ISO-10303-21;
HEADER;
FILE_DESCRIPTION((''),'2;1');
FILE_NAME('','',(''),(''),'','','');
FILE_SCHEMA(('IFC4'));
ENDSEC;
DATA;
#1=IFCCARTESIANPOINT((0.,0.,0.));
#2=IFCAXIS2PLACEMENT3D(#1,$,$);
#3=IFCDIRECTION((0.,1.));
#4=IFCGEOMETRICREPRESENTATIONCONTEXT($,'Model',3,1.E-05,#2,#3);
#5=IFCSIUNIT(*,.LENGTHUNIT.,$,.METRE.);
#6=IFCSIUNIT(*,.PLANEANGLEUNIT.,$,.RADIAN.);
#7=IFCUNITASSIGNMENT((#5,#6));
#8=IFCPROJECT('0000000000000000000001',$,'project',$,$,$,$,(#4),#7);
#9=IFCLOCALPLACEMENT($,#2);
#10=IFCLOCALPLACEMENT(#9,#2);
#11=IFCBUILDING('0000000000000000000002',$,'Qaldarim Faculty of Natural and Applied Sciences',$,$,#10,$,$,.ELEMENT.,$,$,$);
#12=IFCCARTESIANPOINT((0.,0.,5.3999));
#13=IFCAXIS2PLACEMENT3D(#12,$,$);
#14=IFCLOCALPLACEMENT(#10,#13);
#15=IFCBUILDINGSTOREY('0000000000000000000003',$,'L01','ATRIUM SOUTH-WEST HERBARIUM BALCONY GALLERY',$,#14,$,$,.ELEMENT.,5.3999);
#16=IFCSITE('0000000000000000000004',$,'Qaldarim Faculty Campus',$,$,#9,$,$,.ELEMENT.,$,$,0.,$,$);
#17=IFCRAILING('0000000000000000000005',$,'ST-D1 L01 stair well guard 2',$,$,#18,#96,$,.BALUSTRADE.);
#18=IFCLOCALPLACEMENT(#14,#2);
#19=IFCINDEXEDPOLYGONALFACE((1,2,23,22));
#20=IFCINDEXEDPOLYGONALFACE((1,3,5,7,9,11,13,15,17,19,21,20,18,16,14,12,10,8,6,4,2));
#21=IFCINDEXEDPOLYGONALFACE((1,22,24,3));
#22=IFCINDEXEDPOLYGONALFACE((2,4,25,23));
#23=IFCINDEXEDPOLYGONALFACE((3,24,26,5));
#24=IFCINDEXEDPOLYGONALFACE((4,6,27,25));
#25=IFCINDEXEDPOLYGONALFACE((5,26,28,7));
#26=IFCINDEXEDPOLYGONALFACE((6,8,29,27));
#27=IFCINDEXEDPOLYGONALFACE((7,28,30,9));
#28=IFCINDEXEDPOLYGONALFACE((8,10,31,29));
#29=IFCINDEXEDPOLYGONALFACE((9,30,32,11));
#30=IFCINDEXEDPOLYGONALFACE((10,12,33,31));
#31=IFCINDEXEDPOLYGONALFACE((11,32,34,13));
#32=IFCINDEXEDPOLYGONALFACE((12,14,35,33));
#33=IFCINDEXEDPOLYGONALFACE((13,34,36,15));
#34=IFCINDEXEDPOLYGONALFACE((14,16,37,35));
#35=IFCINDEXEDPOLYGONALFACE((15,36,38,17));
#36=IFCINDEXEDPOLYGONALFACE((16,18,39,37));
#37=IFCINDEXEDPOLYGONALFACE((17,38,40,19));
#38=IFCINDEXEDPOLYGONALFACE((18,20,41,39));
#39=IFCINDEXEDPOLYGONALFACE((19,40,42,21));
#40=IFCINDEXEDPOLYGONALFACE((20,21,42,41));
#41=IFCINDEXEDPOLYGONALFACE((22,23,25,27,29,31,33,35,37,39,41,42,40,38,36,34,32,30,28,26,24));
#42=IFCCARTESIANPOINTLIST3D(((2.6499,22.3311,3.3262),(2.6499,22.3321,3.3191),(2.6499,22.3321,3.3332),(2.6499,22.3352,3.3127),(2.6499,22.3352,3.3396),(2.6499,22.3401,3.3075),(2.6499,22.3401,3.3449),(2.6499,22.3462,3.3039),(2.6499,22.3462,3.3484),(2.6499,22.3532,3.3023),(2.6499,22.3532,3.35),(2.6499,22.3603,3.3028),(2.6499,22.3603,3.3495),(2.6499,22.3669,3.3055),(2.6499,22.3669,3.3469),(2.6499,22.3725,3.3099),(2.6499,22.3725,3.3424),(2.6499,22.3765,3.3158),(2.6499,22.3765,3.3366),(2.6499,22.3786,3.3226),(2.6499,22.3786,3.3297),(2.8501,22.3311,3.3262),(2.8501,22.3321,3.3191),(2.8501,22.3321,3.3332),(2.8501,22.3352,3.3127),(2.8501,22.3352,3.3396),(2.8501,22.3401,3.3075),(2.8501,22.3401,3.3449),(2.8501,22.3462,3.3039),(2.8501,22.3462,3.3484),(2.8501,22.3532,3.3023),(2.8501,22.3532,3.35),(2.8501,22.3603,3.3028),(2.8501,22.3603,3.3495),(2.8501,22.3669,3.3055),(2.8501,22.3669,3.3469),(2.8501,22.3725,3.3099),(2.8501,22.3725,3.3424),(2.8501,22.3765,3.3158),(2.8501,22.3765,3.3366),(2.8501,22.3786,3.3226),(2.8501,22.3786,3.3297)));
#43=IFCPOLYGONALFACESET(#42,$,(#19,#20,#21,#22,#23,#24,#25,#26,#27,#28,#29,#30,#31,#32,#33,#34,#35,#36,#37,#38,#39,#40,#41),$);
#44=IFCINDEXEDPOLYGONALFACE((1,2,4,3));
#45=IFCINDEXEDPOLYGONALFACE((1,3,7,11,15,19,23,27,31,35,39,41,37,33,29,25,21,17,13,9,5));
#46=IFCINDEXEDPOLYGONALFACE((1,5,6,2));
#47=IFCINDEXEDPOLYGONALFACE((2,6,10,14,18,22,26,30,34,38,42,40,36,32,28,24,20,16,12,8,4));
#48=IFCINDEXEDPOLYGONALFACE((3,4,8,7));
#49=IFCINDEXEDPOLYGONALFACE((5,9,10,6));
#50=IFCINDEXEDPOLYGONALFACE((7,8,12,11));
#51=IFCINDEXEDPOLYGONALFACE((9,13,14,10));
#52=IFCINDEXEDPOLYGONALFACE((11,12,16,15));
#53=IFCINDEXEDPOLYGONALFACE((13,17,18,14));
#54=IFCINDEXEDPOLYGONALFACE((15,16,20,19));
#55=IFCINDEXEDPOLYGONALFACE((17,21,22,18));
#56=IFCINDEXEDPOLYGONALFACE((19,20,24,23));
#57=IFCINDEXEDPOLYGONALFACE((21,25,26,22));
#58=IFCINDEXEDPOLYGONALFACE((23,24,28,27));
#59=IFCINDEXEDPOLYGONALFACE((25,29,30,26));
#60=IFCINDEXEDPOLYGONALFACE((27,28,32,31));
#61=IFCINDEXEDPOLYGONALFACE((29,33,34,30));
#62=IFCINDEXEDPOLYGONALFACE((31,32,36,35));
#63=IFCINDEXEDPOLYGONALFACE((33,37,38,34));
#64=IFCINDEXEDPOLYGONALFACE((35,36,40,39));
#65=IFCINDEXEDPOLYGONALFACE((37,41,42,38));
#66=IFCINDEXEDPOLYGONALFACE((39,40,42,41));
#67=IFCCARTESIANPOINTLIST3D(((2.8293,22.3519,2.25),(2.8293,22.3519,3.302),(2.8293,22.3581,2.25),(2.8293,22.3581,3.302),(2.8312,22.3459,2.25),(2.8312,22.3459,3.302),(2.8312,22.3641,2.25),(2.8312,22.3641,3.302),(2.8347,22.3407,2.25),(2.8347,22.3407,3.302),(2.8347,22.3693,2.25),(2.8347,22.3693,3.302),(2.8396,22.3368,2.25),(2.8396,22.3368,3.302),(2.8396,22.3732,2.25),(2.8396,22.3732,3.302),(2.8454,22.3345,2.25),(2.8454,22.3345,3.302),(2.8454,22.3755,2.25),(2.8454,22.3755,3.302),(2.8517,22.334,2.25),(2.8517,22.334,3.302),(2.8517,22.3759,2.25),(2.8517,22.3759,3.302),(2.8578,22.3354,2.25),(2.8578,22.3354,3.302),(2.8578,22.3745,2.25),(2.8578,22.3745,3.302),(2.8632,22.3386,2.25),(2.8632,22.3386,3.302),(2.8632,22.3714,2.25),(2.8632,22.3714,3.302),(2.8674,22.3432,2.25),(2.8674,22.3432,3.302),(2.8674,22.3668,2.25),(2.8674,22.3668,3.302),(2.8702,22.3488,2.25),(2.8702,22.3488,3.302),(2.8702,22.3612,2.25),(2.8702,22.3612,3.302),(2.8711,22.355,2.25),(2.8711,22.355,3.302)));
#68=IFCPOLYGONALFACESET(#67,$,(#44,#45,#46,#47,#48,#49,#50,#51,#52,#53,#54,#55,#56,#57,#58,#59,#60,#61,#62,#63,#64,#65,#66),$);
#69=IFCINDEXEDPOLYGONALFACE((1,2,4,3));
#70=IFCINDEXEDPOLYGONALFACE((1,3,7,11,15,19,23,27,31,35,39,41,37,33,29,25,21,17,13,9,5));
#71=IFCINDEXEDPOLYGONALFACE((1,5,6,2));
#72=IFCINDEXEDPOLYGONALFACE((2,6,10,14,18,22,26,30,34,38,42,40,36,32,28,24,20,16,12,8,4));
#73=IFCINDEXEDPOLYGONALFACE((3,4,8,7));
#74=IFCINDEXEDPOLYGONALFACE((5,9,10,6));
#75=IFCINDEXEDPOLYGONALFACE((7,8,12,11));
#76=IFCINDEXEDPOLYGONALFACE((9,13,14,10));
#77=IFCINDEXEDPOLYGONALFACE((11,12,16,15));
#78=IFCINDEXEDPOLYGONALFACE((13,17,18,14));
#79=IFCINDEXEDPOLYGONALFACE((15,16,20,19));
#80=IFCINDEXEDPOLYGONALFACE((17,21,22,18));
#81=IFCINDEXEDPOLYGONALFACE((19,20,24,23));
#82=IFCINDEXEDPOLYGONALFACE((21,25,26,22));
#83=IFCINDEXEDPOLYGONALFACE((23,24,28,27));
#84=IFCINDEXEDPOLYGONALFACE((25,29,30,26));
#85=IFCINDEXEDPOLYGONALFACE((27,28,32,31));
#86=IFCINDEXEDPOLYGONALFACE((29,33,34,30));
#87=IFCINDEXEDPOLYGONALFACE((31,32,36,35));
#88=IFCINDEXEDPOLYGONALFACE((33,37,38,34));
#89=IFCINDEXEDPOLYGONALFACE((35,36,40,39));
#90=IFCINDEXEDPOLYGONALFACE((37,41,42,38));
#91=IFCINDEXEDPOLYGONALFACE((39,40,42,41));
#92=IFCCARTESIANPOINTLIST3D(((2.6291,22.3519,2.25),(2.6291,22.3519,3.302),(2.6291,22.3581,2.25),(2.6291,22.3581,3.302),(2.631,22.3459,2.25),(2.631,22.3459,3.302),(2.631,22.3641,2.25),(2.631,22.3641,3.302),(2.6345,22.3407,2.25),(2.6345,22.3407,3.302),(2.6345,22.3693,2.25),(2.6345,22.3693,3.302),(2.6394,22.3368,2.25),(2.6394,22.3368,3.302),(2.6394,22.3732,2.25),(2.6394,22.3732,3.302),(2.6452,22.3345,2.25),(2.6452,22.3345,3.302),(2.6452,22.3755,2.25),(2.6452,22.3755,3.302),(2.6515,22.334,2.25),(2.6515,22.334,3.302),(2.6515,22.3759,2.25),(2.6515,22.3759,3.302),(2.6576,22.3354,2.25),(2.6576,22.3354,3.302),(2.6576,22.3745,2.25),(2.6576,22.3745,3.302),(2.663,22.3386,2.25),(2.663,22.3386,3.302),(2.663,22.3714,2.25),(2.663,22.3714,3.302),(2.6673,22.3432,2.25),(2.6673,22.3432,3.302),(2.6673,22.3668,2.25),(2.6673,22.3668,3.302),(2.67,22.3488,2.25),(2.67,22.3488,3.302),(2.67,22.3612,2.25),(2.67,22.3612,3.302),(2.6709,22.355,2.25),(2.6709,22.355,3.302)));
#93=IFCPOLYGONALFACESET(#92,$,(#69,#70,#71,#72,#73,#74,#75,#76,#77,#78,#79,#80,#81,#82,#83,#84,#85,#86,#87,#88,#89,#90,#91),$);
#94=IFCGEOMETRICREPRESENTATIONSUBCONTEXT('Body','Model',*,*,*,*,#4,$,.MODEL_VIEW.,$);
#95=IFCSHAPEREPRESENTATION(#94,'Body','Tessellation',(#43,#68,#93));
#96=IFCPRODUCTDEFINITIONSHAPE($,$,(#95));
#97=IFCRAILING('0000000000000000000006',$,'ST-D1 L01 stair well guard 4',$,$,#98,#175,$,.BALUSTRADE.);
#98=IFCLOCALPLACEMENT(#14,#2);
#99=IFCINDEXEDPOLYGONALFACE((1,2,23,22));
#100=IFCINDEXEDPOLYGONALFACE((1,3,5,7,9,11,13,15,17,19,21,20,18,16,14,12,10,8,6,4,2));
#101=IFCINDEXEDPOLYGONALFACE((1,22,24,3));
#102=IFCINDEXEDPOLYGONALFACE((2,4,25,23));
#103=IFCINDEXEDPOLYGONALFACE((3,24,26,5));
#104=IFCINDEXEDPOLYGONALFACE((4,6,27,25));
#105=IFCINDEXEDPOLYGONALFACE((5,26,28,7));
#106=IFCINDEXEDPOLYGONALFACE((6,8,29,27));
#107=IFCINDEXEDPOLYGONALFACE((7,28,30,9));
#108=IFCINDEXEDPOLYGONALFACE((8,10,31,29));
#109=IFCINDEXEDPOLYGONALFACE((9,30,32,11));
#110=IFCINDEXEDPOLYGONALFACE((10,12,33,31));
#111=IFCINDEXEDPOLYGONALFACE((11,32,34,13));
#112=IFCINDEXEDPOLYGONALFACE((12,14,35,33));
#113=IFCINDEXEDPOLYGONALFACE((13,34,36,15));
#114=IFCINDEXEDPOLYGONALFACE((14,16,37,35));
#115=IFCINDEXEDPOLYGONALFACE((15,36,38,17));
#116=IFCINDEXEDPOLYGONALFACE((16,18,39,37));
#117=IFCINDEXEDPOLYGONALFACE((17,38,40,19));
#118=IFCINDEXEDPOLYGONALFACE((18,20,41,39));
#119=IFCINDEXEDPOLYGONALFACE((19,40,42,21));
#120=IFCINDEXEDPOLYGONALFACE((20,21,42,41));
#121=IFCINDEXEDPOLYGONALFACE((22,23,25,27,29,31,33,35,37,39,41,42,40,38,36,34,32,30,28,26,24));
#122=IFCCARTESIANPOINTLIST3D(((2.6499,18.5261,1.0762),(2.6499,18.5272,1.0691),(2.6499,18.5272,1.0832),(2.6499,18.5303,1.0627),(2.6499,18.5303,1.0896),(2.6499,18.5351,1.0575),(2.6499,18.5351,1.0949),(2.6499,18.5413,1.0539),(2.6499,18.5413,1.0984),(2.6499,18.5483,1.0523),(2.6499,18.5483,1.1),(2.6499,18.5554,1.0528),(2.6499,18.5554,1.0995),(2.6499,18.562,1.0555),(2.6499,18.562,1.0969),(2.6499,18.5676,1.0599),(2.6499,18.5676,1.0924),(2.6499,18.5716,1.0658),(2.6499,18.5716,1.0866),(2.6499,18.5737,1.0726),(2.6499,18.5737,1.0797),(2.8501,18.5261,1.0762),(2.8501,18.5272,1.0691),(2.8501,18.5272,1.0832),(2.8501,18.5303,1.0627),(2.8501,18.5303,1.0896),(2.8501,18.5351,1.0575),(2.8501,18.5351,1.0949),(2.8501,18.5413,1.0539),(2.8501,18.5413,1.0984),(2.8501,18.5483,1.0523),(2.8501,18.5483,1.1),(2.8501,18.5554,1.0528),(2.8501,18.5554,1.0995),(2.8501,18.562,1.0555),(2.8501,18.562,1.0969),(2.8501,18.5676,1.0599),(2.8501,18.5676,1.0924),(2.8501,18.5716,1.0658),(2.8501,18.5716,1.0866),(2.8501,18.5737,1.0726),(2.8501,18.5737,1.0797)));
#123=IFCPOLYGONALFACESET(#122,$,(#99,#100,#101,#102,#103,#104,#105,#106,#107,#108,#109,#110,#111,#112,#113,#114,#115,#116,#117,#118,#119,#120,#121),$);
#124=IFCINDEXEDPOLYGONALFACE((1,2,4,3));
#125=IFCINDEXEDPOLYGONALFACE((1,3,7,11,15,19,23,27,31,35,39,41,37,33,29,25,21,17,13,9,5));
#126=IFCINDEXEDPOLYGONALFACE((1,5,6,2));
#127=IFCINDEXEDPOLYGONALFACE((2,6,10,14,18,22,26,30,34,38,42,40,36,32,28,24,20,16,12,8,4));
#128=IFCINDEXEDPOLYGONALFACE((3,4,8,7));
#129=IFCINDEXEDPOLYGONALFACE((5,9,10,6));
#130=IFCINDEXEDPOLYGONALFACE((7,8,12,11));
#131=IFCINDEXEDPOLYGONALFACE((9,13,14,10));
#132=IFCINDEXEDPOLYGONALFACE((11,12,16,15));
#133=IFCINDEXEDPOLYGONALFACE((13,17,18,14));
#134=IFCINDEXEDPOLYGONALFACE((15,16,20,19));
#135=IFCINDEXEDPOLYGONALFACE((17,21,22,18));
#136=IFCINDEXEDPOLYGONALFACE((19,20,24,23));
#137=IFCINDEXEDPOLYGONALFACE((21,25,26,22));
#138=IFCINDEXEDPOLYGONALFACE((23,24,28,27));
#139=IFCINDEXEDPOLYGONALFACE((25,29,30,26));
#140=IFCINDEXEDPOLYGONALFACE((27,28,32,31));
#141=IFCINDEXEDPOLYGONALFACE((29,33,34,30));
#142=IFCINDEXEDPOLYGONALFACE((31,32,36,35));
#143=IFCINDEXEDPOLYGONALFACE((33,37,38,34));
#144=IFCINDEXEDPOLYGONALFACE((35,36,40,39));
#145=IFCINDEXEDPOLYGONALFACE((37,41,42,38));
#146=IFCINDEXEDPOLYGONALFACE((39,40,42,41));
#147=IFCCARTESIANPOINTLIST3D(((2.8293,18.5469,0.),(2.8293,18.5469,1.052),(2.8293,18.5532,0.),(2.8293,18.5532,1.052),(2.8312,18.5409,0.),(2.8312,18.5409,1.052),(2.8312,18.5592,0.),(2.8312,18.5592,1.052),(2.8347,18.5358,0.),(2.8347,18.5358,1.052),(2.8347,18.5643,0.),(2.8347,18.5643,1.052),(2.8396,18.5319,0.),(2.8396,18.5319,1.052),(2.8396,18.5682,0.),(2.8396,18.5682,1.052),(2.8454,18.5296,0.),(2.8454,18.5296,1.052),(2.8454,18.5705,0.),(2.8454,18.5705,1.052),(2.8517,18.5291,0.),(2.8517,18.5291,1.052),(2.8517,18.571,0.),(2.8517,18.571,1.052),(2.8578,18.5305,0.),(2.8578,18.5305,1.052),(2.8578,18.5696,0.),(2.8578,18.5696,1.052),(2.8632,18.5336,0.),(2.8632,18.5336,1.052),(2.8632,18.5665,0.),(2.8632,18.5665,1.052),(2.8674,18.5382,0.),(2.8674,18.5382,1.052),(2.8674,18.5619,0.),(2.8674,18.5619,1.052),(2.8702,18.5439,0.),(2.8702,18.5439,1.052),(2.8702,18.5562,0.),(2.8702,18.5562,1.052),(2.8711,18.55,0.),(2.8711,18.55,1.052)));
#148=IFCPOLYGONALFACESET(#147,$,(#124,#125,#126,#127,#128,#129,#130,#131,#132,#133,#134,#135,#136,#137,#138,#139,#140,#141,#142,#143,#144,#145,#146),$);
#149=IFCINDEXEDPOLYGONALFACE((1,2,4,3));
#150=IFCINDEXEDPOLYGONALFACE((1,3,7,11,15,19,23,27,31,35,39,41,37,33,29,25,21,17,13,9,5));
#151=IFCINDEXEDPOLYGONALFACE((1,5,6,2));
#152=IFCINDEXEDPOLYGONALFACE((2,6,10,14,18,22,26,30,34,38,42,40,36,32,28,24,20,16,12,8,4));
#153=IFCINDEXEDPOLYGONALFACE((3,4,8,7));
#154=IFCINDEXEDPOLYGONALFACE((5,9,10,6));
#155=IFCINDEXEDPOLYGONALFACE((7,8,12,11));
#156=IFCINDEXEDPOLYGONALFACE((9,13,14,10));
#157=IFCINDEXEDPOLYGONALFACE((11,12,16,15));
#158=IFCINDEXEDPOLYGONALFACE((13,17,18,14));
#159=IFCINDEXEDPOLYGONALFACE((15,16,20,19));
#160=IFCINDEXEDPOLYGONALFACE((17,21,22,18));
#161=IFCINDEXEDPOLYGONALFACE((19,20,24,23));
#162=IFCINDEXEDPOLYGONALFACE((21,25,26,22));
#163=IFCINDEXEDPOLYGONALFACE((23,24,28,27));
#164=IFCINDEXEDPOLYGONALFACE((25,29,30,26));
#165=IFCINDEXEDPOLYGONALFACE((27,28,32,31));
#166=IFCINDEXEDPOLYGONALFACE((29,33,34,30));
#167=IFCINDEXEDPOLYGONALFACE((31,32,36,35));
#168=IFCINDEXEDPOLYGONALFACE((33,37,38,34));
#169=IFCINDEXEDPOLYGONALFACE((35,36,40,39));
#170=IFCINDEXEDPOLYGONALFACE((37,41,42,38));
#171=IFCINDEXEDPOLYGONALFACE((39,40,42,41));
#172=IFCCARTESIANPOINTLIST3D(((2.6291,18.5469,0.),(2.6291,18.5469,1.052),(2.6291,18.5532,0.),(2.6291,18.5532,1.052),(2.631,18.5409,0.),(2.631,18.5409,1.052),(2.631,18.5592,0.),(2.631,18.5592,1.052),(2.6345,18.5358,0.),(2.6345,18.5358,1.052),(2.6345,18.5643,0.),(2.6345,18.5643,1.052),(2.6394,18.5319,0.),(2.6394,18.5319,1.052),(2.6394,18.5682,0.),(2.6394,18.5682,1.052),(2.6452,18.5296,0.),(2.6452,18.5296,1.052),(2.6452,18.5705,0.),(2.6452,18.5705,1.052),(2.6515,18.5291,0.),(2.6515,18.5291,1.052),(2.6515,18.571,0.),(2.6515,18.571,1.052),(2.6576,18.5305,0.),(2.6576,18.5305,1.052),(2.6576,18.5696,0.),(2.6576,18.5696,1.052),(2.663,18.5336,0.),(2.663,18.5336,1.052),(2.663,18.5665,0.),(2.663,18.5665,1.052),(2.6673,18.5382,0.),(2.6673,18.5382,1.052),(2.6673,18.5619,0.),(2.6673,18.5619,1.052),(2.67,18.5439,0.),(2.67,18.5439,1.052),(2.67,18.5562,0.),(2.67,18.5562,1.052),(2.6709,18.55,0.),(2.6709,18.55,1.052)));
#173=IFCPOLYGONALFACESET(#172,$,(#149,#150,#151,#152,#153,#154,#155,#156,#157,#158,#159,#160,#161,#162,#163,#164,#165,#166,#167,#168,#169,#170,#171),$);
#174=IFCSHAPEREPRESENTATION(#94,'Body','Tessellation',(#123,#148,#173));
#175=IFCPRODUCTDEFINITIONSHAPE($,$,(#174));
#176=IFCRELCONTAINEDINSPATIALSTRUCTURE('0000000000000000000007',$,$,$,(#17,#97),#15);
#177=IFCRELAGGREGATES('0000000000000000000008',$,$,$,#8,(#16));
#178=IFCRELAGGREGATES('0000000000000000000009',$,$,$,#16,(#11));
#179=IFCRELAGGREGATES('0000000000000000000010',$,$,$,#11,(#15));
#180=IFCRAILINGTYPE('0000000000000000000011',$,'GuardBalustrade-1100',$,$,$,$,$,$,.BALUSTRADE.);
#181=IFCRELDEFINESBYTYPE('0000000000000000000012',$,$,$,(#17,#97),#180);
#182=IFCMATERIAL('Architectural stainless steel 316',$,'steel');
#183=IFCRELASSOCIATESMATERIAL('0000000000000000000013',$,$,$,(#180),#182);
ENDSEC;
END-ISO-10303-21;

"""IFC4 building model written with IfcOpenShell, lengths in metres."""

from ifc_helpers import new_model, si_unit, direction, frame, origin, origin_2d, place, context, subcontext, project, spatial, circle, extrude, material, type_object, element, save


model = new_model("IFC4")

# Units and contexts
model_context = context("Model", 3, precision=1e-05, world=origin(), true_north=direction((0.0, 1.0)))
body_context = subcontext(model_context, "Body", "Model", "MODEL_VIEW")
ifc_project = project(units=[si_unit("LENGTHUNIT", "METRE"), si_unit("PLANEANGLEUNIT", "RADIAN")], contexts=[model_context])

# Site, building, storey
site_placement = place(None, origin())
site = spatial("IfcSite", under=ifc_project, at=site_placement, Name="Qaldarim Faculty Campus", CompositionType="ELEMENT", RefElevation=0.0)
building_placement = place(site_placement, origin())
building = spatial("IfcBuilding", under=site, at=building_placement, Name="Qaldarim Faculty of Natural and Applied Sciences", CompositionType="ELEMENT")
storey_placement = place(building_placement, frame((0.0, 0.0, 5.3999)))
storey = spatial("IfcBuildingStorey", under=building, at=storey_placement, Name="L01", Description="ATRIUM SOUTH-WEST HERBARIUM BALCONY GALLERY", CompositionType="ELEMENT", Elevation=5.3999)

# Shared definitions
ifc_material_1 = material(Name="Architectural stainless steel 316", Category="steel")

# Railings
railing_type_1 = type_object("IfcRailingType", Name="GuardBalustrade-1100", PredefinedType="BALUSTRADE", material=ifc_material_1)
for number, where, name in (
    (1, (2.8501, 22.355, 2.25), "ST-D1 L01 stair well guard 2"),
    (2, (2.8501, 18.55, 0.0), "ST-D1 L01 stair well guard 4"),
):
    element("IfcRailing", number, at=place(storey_placement, frame(where)), inside=storey, type_object=railing_type_1, Name=name, PredefinedType="BALUSTRADE", context=body_context, shape_type="SweptSolid", body=[
        extrude(circle(Radius=0.0239, at=origin_2d()), frame((0.0, 0.0, 1.0762), z_axis=(-1.0, 0.0, 0.0), x_axis=(0.0, -1.0, 0.0)), (0.0, 0.0, 1.0), 0.2002),
        extrude(circle(Radius=0.021, at=origin_2d()), origin(), (0.0, 0.0, 1.0), 1.052),
        extrude(circle(Radius=0.021, at=origin_2d()), frame((-0.2002, 0.0, 0.0)), (0.0, 0.0, 1.0), 1.052),
    ])

save(model, "model.ifc")
